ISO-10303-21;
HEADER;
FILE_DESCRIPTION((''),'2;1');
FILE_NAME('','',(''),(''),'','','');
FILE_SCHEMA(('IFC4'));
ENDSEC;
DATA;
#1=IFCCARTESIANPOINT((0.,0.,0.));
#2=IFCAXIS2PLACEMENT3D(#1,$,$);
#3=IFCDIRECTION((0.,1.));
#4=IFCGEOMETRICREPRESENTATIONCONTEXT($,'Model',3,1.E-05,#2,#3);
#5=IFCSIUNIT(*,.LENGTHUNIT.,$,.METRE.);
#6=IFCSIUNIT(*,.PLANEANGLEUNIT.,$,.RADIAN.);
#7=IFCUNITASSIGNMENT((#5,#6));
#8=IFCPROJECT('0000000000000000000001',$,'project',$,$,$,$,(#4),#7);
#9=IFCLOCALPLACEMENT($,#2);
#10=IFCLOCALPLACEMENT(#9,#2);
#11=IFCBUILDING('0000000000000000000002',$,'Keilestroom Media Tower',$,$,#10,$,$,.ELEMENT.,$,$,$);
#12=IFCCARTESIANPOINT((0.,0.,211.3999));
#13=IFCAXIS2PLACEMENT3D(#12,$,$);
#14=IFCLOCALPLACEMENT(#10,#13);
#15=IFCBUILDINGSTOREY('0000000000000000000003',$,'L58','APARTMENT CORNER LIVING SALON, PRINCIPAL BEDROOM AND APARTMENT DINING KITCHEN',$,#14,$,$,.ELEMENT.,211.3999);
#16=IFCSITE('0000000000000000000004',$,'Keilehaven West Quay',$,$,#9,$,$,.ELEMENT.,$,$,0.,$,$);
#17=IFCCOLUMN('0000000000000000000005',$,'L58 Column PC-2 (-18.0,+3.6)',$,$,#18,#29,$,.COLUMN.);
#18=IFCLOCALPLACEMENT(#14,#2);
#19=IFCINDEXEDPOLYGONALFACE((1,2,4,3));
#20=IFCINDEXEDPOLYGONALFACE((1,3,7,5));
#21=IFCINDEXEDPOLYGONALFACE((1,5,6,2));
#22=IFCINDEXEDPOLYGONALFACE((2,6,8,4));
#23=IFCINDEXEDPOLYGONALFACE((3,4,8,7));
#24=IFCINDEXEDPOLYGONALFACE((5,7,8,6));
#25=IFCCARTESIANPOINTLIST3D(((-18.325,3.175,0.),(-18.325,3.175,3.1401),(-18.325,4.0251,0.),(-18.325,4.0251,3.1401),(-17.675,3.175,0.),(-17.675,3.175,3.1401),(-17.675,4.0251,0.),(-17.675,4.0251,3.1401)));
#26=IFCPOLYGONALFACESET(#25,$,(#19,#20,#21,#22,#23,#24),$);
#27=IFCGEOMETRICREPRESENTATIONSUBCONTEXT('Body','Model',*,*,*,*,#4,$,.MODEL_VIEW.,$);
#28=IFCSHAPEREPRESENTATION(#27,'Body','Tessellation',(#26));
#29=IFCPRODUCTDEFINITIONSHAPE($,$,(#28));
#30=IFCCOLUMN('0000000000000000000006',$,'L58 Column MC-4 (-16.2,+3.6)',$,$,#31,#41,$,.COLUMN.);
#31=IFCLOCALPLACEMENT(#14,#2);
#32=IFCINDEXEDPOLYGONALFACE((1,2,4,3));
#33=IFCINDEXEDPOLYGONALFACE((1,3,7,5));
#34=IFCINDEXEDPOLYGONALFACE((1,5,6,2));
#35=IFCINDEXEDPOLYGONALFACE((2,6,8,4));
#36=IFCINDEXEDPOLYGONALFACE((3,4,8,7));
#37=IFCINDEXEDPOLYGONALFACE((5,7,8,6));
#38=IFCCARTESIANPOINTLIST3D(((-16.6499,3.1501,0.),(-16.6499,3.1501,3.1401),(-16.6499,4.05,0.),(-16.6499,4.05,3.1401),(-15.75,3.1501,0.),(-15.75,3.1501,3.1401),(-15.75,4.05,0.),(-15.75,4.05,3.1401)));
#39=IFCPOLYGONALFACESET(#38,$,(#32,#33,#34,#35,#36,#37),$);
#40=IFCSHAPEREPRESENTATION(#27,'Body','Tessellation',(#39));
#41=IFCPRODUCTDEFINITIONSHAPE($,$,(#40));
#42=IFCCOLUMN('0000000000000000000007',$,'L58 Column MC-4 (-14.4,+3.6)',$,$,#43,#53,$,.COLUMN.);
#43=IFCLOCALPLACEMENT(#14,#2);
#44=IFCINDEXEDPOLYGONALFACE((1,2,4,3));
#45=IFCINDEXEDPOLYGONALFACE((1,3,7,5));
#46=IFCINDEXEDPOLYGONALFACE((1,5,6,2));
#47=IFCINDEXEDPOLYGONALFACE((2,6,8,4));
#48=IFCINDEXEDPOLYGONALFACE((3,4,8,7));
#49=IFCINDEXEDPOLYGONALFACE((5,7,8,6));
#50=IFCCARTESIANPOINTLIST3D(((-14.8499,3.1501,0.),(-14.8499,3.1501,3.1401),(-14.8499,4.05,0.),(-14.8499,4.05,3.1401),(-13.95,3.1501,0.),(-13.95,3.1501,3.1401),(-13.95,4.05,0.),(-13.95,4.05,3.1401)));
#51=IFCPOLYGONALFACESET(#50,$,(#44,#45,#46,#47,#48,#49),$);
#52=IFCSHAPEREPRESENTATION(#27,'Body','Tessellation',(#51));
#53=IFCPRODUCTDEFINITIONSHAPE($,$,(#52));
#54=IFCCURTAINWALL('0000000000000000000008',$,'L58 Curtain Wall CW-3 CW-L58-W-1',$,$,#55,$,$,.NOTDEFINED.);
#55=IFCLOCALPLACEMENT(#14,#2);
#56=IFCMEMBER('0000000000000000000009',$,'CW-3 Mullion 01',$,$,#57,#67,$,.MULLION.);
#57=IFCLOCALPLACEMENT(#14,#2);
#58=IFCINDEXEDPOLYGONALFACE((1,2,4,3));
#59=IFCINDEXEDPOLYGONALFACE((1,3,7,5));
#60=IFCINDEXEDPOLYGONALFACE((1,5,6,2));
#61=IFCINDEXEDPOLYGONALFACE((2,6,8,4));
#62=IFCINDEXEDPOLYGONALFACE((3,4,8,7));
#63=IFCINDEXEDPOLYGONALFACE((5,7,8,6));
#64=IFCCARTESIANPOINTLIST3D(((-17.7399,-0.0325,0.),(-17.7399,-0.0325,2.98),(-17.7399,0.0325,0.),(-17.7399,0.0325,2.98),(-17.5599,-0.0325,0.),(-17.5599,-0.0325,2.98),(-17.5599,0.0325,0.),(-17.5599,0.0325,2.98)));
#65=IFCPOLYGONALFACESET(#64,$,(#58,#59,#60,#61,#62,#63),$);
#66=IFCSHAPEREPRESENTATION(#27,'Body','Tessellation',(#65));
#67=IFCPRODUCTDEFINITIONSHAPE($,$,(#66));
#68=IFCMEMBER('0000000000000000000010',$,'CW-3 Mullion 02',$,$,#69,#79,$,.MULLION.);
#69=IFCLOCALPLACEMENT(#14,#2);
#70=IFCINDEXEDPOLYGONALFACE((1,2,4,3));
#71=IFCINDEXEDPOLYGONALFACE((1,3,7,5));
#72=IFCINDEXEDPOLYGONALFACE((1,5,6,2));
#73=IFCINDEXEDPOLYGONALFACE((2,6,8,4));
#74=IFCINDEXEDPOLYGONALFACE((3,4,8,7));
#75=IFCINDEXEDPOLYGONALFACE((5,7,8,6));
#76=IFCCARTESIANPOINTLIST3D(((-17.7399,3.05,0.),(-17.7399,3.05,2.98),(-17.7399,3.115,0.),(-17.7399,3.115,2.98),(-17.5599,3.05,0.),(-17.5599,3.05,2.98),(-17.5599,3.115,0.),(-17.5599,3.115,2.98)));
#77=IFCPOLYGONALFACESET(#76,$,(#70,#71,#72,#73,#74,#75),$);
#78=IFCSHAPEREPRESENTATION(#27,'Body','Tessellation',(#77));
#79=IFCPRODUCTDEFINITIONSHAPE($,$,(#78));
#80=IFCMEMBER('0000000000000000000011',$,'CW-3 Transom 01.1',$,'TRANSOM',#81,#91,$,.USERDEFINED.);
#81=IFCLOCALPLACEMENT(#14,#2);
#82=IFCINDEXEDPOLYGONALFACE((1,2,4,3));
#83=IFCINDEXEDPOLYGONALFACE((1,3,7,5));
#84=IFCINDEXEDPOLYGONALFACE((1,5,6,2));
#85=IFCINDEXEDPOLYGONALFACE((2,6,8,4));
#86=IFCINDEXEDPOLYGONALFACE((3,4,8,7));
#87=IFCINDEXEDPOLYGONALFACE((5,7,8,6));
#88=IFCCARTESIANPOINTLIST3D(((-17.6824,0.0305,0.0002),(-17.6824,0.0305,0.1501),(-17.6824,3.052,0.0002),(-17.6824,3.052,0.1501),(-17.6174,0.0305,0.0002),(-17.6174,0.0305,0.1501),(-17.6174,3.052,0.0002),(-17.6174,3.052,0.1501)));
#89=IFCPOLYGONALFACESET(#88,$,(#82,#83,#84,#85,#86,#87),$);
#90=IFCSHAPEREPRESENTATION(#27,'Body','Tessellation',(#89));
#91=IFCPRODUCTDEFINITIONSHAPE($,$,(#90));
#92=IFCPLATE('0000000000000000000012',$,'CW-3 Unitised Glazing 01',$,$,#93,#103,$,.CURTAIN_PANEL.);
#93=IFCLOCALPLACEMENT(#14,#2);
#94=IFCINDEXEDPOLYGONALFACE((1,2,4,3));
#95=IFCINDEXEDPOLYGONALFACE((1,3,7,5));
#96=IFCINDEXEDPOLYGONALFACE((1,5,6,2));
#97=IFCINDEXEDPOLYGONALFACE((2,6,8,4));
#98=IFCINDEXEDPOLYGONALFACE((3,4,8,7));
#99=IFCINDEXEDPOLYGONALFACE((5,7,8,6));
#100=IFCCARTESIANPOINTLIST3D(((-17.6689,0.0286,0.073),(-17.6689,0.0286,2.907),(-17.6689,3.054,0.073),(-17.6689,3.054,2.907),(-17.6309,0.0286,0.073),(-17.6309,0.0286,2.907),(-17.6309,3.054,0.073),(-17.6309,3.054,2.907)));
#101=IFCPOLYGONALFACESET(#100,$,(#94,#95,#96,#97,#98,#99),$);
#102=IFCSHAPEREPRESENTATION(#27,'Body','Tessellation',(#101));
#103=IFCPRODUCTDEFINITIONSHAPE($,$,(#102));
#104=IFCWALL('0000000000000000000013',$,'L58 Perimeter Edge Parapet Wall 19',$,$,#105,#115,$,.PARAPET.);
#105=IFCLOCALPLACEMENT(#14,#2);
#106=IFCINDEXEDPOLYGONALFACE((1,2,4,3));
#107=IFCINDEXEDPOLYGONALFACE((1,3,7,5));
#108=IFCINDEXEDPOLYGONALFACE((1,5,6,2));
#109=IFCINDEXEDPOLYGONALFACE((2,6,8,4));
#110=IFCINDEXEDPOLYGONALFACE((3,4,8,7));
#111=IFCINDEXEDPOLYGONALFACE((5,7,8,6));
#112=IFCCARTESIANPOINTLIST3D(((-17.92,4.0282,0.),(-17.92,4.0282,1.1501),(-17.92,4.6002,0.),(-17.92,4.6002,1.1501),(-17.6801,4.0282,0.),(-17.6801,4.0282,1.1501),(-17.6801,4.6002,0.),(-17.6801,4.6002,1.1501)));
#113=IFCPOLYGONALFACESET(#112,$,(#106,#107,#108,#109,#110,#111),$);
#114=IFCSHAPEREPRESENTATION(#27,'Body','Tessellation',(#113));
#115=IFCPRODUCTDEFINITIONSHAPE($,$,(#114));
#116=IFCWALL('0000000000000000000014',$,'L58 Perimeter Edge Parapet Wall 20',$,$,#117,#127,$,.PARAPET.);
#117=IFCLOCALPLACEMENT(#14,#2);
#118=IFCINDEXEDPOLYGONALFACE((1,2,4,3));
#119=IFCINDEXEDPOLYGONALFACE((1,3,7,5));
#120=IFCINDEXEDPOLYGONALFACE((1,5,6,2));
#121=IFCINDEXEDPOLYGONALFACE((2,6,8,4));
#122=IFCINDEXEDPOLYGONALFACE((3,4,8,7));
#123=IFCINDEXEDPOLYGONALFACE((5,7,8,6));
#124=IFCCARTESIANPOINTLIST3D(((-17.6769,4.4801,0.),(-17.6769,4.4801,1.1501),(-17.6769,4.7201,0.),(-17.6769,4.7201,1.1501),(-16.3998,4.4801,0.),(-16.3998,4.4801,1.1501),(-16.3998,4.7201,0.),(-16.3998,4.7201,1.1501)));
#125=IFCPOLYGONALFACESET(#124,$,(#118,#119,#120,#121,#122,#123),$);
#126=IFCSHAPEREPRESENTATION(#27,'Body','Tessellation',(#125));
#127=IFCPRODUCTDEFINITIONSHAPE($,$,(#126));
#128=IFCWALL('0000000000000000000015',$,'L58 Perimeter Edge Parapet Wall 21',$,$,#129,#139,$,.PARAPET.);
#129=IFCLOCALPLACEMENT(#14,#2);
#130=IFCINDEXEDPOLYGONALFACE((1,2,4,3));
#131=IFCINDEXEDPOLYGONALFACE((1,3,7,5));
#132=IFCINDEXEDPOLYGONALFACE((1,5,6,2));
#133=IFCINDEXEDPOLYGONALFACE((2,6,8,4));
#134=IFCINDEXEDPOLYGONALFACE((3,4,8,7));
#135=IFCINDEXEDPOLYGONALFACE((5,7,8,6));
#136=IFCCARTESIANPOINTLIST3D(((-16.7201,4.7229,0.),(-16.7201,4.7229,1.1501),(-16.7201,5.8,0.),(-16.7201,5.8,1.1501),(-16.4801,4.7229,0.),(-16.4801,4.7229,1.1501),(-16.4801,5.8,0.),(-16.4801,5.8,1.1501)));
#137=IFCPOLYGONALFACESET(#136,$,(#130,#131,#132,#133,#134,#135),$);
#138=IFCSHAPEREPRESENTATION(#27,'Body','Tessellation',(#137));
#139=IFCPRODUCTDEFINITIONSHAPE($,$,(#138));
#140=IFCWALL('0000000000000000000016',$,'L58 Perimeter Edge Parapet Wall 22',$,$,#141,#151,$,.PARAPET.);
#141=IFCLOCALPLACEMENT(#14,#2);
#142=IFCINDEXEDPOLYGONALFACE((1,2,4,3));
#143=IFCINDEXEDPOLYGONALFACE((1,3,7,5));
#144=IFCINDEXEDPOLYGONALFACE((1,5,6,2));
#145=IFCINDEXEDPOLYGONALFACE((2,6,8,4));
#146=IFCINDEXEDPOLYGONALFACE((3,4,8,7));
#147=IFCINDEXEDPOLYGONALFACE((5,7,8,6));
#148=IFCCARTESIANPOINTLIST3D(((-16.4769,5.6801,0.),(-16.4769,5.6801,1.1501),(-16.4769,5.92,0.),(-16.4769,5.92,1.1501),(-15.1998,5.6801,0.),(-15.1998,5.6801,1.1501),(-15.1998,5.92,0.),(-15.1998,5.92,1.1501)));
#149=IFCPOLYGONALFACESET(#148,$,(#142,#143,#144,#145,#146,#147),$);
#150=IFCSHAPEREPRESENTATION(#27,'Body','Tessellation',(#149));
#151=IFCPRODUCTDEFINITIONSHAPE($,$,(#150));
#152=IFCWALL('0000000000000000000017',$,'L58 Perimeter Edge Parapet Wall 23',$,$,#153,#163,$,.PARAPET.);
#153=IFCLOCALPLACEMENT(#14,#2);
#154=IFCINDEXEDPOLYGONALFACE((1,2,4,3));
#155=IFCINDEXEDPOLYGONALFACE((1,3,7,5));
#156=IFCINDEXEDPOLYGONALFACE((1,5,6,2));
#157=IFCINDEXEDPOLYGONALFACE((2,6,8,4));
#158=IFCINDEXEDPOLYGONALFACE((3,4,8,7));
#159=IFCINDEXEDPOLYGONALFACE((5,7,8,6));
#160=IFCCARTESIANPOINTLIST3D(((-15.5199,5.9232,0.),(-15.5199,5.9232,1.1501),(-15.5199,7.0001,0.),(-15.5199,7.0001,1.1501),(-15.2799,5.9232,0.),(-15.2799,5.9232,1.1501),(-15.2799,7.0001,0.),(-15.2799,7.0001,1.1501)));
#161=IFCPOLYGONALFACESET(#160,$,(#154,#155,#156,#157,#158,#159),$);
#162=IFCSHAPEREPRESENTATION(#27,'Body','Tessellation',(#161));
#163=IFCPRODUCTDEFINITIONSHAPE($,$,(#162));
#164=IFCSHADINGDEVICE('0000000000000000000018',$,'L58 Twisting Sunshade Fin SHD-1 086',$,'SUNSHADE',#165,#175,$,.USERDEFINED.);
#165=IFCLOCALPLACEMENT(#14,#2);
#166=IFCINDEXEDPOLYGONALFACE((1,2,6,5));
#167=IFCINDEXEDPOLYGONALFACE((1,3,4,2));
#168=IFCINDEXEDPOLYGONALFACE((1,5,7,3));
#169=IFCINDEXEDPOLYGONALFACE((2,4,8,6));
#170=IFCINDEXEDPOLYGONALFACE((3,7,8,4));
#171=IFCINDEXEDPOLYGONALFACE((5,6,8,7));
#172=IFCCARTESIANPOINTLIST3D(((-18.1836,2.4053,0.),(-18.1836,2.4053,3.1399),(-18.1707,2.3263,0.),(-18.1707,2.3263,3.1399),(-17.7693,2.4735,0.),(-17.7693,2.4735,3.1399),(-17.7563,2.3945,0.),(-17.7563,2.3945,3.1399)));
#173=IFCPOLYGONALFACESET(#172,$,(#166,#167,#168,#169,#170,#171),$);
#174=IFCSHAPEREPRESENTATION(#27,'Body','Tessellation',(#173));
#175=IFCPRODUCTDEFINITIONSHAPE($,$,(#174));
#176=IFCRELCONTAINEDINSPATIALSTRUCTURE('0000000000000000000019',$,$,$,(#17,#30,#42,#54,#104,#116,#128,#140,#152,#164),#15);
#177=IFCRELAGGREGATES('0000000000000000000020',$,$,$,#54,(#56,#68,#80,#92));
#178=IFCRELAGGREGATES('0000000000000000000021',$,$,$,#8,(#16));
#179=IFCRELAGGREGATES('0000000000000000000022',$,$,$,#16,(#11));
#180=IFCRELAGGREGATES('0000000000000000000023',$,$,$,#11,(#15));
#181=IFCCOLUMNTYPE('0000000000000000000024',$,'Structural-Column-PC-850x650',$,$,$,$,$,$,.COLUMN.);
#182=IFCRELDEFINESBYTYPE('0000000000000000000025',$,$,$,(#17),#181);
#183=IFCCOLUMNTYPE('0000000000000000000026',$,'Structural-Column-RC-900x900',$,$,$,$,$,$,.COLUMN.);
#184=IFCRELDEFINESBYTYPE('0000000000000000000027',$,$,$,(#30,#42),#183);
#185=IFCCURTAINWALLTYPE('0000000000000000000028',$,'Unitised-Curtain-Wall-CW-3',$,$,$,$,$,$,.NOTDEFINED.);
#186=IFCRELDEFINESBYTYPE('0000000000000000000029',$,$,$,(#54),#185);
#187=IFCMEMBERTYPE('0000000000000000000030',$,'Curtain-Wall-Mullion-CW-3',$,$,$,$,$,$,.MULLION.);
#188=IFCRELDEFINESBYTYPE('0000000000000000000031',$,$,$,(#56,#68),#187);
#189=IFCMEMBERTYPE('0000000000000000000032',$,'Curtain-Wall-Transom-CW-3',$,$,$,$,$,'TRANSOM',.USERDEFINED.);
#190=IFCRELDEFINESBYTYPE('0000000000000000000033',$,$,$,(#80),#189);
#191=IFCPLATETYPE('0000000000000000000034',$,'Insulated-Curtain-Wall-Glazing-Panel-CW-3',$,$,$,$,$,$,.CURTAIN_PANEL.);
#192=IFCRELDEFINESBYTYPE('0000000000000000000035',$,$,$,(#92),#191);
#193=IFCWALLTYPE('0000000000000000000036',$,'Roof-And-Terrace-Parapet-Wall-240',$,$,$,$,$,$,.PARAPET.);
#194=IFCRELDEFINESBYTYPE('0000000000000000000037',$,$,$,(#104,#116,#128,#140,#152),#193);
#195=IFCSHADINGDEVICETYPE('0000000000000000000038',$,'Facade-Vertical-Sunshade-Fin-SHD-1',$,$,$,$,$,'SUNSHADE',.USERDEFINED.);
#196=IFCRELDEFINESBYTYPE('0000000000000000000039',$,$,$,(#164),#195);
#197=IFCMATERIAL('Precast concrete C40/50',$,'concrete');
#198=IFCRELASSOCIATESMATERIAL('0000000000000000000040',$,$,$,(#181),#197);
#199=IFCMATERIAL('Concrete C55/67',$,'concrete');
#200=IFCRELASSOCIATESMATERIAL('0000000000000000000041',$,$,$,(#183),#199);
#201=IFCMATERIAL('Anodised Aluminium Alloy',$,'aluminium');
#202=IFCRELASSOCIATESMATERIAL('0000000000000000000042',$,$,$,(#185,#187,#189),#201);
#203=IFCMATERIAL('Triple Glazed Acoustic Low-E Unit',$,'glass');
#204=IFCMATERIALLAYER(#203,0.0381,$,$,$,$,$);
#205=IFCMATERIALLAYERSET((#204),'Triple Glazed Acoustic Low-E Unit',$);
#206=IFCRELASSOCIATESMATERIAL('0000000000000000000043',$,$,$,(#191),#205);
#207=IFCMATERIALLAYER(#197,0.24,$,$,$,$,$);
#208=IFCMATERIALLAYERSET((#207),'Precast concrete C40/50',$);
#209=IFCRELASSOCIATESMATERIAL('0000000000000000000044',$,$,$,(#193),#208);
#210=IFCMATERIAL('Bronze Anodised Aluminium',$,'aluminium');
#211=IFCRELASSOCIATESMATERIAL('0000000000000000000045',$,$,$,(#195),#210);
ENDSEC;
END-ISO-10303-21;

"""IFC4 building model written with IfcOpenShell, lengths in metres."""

from ifc_helpers import new_model, si_unit, direction, frame, frame_2d, origin, origin_2d, place, context, subcontext, project, spatial, rectangle, extrude, source, transform, mapped, material, layer, layer_set, material_profile, profile_set, type_object, element, aggregate, save


model = new_model("IFC4")

# Units and contexts
model_context = context("Model", 3, precision=1e-05, world=origin(), true_north=direction((0.0, 1.0)))
body_context = subcontext(model_context, "Body", "Model", "MODEL_VIEW")
ifc_project = project(units=[si_unit("LENGTHUNIT", "METRE"), si_unit("PLANEANGLEUNIT", "RADIAN")], contexts=[model_context])

# Site, building, storey
site_placement = place(None, origin())
site = spatial("IfcSite", under=ifc_project, at=site_placement, Name="Keilehaven West Quay", CompositionType="ELEMENT", RefElevation=0.0)
building_placement = place(site_placement, origin())
building = spatial("IfcBuilding", under=site, at=building_placement, Name="Keilestroom Media Tower", CompositionType="ELEMENT")
storey_placement = place(building_placement, frame((0.0, 0.0, 211.3999)))
storey = spatial("IfcBuildingStorey", under=building, at=storey_placement, Name="L58", Description="APARTMENT CORNER LIVING SALON, PRINCIPAL BEDROOM AND APARTMENT DINING KITCHEN", CompositionType="ELEMENT", Elevation=211.3999)

# Columns
ifc_material_1 = material(Name="Precast concrete C40/50", Category="concrete")
ifc_material_profile_1 = material_profile(ifc_material_1, rectangle(XDim=0.6499, YDim=0.8501, at=origin_2d()), Name="PC 850x650")
ifc_profile_set_1 = profile_set([ifc_material_profile_1], Name="Precast concrete C40/50")
column_type_1 = type_object("IfcColumnType", Name="Structural-Column-PC-850x650", PredefinedType="COLUMN", material=ifc_profile_set_1)
shared_shape_1 = source(origin(), body_context, "Body", "SweptSolid", [
    extrude(rectangle(XDim=0.6499, YDim=0.8501, at=origin_2d()), origin(), (0.0, 0.0, 1.0), 3.1401),
])
column_placement = place(storey_placement, frame((-18.0, 3.6001, 0.0), z_axis=(0.0, 0.0, 1.0), x_axis=(1.0, 0.0, 0.0)))
element("IfcColumn", 1, at=column_placement, inside=storey, type_object=column_type_1, Name="L58 Column PC-2 (-18.0,+3.6)", PredefinedType="COLUMN", context=body_context, shape_type="MappedRepresentation", body=[
    mapped(shared_shape_1, transform((0.0, 0.0, 0.0), x_axis=(1.0, 0.0, 0.0), y_axis=(0.0, 1.0, 0.0), z_axis=(0.0, 0.0, 1.0), scale=1.0)),
])
ifc_material_2 = material(Name="Concrete C55/67", Category="concrete")
ifc_material_profile_2 = material_profile(ifc_material_2, rectangle(XDim=0.8999, YDim=0.8999, at=origin_2d()), Name="RC 900x900")
ifc_profile_set_2 = profile_set([ifc_material_profile_2], Name="Concrete C55/67")
column_type_2 = type_object("IfcColumnType", Name="Structural-Column-RC-900x900", PredefinedType="COLUMN", material=ifc_profile_set_2)
shared_shape_2 = source(origin(), body_context, "Body", "SweptSolid", [
    extrude(rectangle(XDim=0.8999, YDim=0.8999, at=origin_2d()), origin(), (0.0, 0.0, 1.0), 3.1401),
])
for number, where, z_axis, x_axis, name in (
    (2, (-16.2, 3.6001, 0.0), (0.0, 0.0, 1.0), (1.0, 0.0, 0.0), "L58 Column MC-4 (-16.2,+3.6)"),
    (3, (-14.3999, 3.6001, 0.0), (0.0, 0.0, 1.0), (1.0, 0.0, 0.0), "L58 Column MC-4 (-14.4,+3.6)"),
):
    element("IfcColumn", number, at=place(storey_placement, frame(where, z_axis=z_axis, x_axis=x_axis)), inside=storey, type_object=column_type_2, Name=name, PredefinedType="COLUMN", context=body_context, shape_type="MappedRepresentation", body=[
        mapped(shared_shape_2, transform((0.0, 0.0, 0.0), x_axis=(1.0, 0.0, 0.0), y_axis=(0.0, 1.0, 0.0), z_axis=(0.0, 0.0, 1.0), scale=1.0)),
    ])

# Curtain wall, members, plate
ifc_material_3 = material(Name="Anodised Aluminium Alloy", Category="aluminium")
curtain_wall_type = type_object("IfcCurtainWallType", Name="Unitised-Curtain-Wall-CW-3", PredefinedType="NOTDEFINED", material=ifc_material_3)
curtain_wall_placement = place(storey_placement, origin())
curtain_wall = element("IfcCurtainWall", 4, at=curtain_wall_placement, inside=storey, type_object=curtain_wall_type, Name="L58 Curtain Wall CW-3 CW-L58-W-1", PredefinedType="NOTDEFINED")
ifc_material_profile_3 = material_profile(ifc_material_3, rectangle(XDim=0.0649, YDim=0.1799, at=origin_2d()), Name="ALU MULLION 65x180")
ifc_profile_set_3 = profile_set([ifc_material_profile_3], Name="Anodised Aluminium Alloy")
member_type_1 = type_object("IfcMemberType", Name="Curtain-Wall-Mullion-CW-3", PredefinedType="MULLION", material=ifc_profile_set_3)
shared_shape_3 = source(origin(), body_context, "Body", "SweptSolid", [
    extrude(rectangle(XDim=0.0649, YDim=0.1799, at=origin_2d()), origin(), (0.0, 0.0, 1.0), 2.98),
])
member_1_placement = place(storey_placement, frame((-17.6499, 0.0, 0.0), z_axis=(0.0, 0.0, 1.0), x_axis=(0.0, 1.0, 0.0)))
member_1 = element("IfcMember", 5, at=member_1_placement, type_object=member_type_1, Name="CW-3 Mullion 01", PredefinedType="MULLION", context=body_context, shape_type="MappedRepresentation", body=[
    mapped(shared_shape_3, transform((0.0, 0.0, 0.0), x_axis=(1.0, 0.0, 0.0), y_axis=(0.0, 1.0, 0.0), z_axis=(0.0, 0.0, 1.0), scale=1.0)),
])
member_2_placement = place(storey_placement, frame((-17.6499, 3.0825, 0.0), z_axis=(0.0, 0.0, 1.0), x_axis=(0.0, 1.0, 0.0)))
member_2 = element("IfcMember", 6, at=member_2_placement, type_object=member_type_1, Name="CW-3 Mullion 02", PredefinedType="MULLION", context=body_context, shape_type="MappedRepresentation", body=[
    mapped(shared_shape_3, transform((0.0, 0.0, 0.0), x_axis=(1.0, 0.0, 0.0), y_axis=(0.0, 1.0, 0.0), z_axis=(0.0, 0.0, 1.0), scale=1.0)),
])
ifc_material_profile_4 = material_profile(ifc_material_3, rectangle(XDim=0.0649, YDim=0.1499, at=origin_2d()), Name="ALU TRANSOM 65x150")
ifc_profile_set_4 = profile_set([ifc_material_profile_4], Name="Anodised Aluminium Alloy")
member_type_2 = type_object("IfcMemberType", Name="Curtain-Wall-Transom-CW-3", ElementType="TRANSOM", PredefinedType="USERDEFINED", material=ifc_profile_set_4)
shared_shape_4 = source(origin(), body_context, "Body", "SweptSolid", [
    extrude(rectangle(XDim=0.0649, YDim=0.1499, at=origin_2d()), origin(), (0.0, 0.0, 1.0), 3.0215),
])
member_3_placement = place(storey_placement, frame((-17.6499, 0.0305, 0.0752), z_axis=(0.0, 1.0, 0.0), x_axis=(-1.0, 0.0, 0.0)))
member_3 = element("IfcMember", 7, at=member_3_placement, type_object=member_type_2, Name="CW-3 Transom 01.1", ObjectType="TRANSOM", PredefinedType="USERDEFINED", context=body_context, shape_type="MappedRepresentation", body=[
    mapped(shared_shape_4, transform((0.0, 0.0, 0.0), x_axis=(1.0, 0.0, 0.0), y_axis=(0.0, 1.0, 0.0), z_axis=(0.0, 0.0, 1.0), scale=1.0)),
])
ifc_material_4 = material(Name="Triple Glazed Acoustic Low-E Unit", Category="glass")
ifc_layer_1 = layer(ifc_material_4, 0.0381)
ifc_layer_set_1 = layer_set([ifc_layer_1], Name="Triple Glazed Acoustic Low-E Unit")
plate_type = type_object("IfcPlateType", Name="Insulated-Curtain-Wall-Glazing-Panel-CW-3", PredefinedType="CURTAIN_PANEL", material=ifc_layer_set_1)
shared_shape_5 = source(origin(), body_context, "Body", "SweptSolid", [
    extrude(rectangle(XDim=3.0254, YDim=0.0381, at=origin_2d()), origin(), (0.0, 0.0, 1.0), 2.834),
])
plate_placement = place(storey_placement, frame((-17.6499, 1.5413, 0.073), z_axis=(0.0, 0.0, 1.0), x_axis=(0.0, 1.0, 0.0)))
plate = element("IfcPlate", 8, at=plate_placement, type_object=plate_type, Name="CW-3 Unitised Glazing 01", PredefinedType="CURTAIN_PANEL", context=body_context, shape_type="MappedRepresentation", body=[
    mapped(shared_shape_5, transform((0.0, 0.0, 0.0), x_axis=(1.0, 0.0, 0.0), y_axis=(0.0, 1.0, 0.0), z_axis=(0.0, 0.0, 1.0), scale=1.0)),
])
aggregate(curtain_wall, [member_1, member_2, member_3, plate])

# Walls
ifc_layer_2 = layer(ifc_material_1, 0.24)
ifc_layer_set_2 = layer_set([ifc_layer_2], Name="Precast concrete C40/50")
wall_type = type_object("IfcWallType", Name="Roof-And-Terrace-Parapet-Wall-240", PredefinedType="PARAPET", material=ifc_layer_set_2)
wall_1_placement = place(storey_placement, frame((-17.8, 4.0281, 0.0), z_axis=(0.0, 0.0, 1.0), x_axis=(0.0, 1.0, 0.0)))
element("IfcWall", 9, at=wall_1_placement, inside=storey, type_object=wall_type, Name="L58 Perimeter Edge Parapet Wall 19", PredefinedType="PARAPET", context=body_context, shape_type="SweptSolid", body=[
    extrude(rectangle(XDim=0.572, YDim=0.24, at=frame_2d((0.2861, 0.0))), origin(), (0.0, 0.0, 1.0), 1.1501),
])
wall_2_placement = place(storey_placement, frame((-17.677, 4.6001, 0.0), z_axis=(0.0, 0.0, 1.0), x_axis=(1.0, 0.0, 0.0)))
element("IfcWall", 10, at=wall_2_placement, inside=storey, type_object=wall_type, Name="L58 Perimeter Edge Parapet Wall 20", PredefinedType="PARAPET", context=body_context, shape_type="SweptSolid", body=[
    extrude(rectangle(XDim=1.2771, YDim=0.24, at=frame_2d((0.6387, 0.0))), origin(), (0.0, 0.0, 1.0), 1.1501),
])
wall_3_placement = place(storey_placement, frame((-16.6001, 4.7229, 0.0), z_axis=(0.0, 0.0, 1.0), x_axis=(0.0, 1.0, 0.0)))
element("IfcWall", 11, at=wall_3_placement, inside=storey, type_object=wall_type, Name="L58 Perimeter Edge Parapet Wall 21", PredefinedType="PARAPET", context=body_context, shape_type="SweptSolid", body=[
    extrude(rectangle(XDim=1.0771, YDim=0.24, at=frame_2d((0.5386, 0.0))), origin(), (0.0, 0.0, 1.0), 1.1501),
])
wall_4_placement = place(storey_placement, frame((-16.4771, 5.8, 0.0), z_axis=(0.0, 0.0, 1.0), x_axis=(1.0, 0.0, 0.0)))
element("IfcWall", 12, at=wall_4_placement, inside=storey, type_object=wall_type, Name="L58 Perimeter Edge Parapet Wall 22", PredefinedType="PARAPET", context=body_context, shape_type="SweptSolid", body=[
    extrude(rectangle(XDim=1.2771, YDim=0.24, at=frame_2d((0.6387, 0.0))), origin(), (0.0, 0.0, 1.0), 1.1501),
])
wall_5_placement = place(storey_placement, frame((-15.3999, 5.9231, 0.0), z_axis=(0.0, 0.0, 1.0), x_axis=(0.0, 1.0, 0.0)))
element("IfcWall", 13, at=wall_5_placement, inside=storey, type_object=wall_type, Name="L58 Perimeter Edge Parapet Wall 23", PredefinedType="PARAPET", context=body_context, shape_type="SweptSolid", body=[
    extrude(rectangle(XDim=1.0769, YDim=0.24, at=frame_2d((0.5386, 0.0))), origin(), (0.0, 0.0, 1.0), 1.1501),
])

# Shading device
ifc_material_5 = material(Name="Bronze Anodised Aluminium", Category="aluminium")
shading_device_type = type_object("IfcShadingDeviceType", Name="Facade-Vertical-Sunshade-Fin-SHD-1", ElementType="SUNSHADE", PredefinedType="USERDEFINED", material=ifc_material_5)
shared_shape_6 = source(origin(), body_context, "Body", "SweptSolid", [
    extrude(rectangle(XDim=0.4199, YDim=0.0801, at=origin_2d()), origin(), (0.0, 0.0, 1.0), 3.1399),
])
shading_device_placement = place(storey_placement, frame((-17.97, 2.3999, 0.0), z_axis=(0.0, 0.0, 1.0), x_axis=(0.986743, 0.162293, 0.0)))
element("IfcShadingDevice", 14, at=shading_device_placement, inside=storey, type_object=shading_device_type, Name="L58 Twisting Sunshade Fin SHD-1 086", ObjectType="SUNSHADE", PredefinedType="USERDEFINED", context=body_context, shape_type="MappedRepresentation", body=[
    mapped(shared_shape_6, transform((0.0, 0.0, 0.0), x_axis=(1.0, 0.0, 0.0), y_axis=(0.0, 1.0, 0.0), z_axis=(0.0, 0.0, 1.0), scale=1.0)),
])

save(model, "model.ifc")
